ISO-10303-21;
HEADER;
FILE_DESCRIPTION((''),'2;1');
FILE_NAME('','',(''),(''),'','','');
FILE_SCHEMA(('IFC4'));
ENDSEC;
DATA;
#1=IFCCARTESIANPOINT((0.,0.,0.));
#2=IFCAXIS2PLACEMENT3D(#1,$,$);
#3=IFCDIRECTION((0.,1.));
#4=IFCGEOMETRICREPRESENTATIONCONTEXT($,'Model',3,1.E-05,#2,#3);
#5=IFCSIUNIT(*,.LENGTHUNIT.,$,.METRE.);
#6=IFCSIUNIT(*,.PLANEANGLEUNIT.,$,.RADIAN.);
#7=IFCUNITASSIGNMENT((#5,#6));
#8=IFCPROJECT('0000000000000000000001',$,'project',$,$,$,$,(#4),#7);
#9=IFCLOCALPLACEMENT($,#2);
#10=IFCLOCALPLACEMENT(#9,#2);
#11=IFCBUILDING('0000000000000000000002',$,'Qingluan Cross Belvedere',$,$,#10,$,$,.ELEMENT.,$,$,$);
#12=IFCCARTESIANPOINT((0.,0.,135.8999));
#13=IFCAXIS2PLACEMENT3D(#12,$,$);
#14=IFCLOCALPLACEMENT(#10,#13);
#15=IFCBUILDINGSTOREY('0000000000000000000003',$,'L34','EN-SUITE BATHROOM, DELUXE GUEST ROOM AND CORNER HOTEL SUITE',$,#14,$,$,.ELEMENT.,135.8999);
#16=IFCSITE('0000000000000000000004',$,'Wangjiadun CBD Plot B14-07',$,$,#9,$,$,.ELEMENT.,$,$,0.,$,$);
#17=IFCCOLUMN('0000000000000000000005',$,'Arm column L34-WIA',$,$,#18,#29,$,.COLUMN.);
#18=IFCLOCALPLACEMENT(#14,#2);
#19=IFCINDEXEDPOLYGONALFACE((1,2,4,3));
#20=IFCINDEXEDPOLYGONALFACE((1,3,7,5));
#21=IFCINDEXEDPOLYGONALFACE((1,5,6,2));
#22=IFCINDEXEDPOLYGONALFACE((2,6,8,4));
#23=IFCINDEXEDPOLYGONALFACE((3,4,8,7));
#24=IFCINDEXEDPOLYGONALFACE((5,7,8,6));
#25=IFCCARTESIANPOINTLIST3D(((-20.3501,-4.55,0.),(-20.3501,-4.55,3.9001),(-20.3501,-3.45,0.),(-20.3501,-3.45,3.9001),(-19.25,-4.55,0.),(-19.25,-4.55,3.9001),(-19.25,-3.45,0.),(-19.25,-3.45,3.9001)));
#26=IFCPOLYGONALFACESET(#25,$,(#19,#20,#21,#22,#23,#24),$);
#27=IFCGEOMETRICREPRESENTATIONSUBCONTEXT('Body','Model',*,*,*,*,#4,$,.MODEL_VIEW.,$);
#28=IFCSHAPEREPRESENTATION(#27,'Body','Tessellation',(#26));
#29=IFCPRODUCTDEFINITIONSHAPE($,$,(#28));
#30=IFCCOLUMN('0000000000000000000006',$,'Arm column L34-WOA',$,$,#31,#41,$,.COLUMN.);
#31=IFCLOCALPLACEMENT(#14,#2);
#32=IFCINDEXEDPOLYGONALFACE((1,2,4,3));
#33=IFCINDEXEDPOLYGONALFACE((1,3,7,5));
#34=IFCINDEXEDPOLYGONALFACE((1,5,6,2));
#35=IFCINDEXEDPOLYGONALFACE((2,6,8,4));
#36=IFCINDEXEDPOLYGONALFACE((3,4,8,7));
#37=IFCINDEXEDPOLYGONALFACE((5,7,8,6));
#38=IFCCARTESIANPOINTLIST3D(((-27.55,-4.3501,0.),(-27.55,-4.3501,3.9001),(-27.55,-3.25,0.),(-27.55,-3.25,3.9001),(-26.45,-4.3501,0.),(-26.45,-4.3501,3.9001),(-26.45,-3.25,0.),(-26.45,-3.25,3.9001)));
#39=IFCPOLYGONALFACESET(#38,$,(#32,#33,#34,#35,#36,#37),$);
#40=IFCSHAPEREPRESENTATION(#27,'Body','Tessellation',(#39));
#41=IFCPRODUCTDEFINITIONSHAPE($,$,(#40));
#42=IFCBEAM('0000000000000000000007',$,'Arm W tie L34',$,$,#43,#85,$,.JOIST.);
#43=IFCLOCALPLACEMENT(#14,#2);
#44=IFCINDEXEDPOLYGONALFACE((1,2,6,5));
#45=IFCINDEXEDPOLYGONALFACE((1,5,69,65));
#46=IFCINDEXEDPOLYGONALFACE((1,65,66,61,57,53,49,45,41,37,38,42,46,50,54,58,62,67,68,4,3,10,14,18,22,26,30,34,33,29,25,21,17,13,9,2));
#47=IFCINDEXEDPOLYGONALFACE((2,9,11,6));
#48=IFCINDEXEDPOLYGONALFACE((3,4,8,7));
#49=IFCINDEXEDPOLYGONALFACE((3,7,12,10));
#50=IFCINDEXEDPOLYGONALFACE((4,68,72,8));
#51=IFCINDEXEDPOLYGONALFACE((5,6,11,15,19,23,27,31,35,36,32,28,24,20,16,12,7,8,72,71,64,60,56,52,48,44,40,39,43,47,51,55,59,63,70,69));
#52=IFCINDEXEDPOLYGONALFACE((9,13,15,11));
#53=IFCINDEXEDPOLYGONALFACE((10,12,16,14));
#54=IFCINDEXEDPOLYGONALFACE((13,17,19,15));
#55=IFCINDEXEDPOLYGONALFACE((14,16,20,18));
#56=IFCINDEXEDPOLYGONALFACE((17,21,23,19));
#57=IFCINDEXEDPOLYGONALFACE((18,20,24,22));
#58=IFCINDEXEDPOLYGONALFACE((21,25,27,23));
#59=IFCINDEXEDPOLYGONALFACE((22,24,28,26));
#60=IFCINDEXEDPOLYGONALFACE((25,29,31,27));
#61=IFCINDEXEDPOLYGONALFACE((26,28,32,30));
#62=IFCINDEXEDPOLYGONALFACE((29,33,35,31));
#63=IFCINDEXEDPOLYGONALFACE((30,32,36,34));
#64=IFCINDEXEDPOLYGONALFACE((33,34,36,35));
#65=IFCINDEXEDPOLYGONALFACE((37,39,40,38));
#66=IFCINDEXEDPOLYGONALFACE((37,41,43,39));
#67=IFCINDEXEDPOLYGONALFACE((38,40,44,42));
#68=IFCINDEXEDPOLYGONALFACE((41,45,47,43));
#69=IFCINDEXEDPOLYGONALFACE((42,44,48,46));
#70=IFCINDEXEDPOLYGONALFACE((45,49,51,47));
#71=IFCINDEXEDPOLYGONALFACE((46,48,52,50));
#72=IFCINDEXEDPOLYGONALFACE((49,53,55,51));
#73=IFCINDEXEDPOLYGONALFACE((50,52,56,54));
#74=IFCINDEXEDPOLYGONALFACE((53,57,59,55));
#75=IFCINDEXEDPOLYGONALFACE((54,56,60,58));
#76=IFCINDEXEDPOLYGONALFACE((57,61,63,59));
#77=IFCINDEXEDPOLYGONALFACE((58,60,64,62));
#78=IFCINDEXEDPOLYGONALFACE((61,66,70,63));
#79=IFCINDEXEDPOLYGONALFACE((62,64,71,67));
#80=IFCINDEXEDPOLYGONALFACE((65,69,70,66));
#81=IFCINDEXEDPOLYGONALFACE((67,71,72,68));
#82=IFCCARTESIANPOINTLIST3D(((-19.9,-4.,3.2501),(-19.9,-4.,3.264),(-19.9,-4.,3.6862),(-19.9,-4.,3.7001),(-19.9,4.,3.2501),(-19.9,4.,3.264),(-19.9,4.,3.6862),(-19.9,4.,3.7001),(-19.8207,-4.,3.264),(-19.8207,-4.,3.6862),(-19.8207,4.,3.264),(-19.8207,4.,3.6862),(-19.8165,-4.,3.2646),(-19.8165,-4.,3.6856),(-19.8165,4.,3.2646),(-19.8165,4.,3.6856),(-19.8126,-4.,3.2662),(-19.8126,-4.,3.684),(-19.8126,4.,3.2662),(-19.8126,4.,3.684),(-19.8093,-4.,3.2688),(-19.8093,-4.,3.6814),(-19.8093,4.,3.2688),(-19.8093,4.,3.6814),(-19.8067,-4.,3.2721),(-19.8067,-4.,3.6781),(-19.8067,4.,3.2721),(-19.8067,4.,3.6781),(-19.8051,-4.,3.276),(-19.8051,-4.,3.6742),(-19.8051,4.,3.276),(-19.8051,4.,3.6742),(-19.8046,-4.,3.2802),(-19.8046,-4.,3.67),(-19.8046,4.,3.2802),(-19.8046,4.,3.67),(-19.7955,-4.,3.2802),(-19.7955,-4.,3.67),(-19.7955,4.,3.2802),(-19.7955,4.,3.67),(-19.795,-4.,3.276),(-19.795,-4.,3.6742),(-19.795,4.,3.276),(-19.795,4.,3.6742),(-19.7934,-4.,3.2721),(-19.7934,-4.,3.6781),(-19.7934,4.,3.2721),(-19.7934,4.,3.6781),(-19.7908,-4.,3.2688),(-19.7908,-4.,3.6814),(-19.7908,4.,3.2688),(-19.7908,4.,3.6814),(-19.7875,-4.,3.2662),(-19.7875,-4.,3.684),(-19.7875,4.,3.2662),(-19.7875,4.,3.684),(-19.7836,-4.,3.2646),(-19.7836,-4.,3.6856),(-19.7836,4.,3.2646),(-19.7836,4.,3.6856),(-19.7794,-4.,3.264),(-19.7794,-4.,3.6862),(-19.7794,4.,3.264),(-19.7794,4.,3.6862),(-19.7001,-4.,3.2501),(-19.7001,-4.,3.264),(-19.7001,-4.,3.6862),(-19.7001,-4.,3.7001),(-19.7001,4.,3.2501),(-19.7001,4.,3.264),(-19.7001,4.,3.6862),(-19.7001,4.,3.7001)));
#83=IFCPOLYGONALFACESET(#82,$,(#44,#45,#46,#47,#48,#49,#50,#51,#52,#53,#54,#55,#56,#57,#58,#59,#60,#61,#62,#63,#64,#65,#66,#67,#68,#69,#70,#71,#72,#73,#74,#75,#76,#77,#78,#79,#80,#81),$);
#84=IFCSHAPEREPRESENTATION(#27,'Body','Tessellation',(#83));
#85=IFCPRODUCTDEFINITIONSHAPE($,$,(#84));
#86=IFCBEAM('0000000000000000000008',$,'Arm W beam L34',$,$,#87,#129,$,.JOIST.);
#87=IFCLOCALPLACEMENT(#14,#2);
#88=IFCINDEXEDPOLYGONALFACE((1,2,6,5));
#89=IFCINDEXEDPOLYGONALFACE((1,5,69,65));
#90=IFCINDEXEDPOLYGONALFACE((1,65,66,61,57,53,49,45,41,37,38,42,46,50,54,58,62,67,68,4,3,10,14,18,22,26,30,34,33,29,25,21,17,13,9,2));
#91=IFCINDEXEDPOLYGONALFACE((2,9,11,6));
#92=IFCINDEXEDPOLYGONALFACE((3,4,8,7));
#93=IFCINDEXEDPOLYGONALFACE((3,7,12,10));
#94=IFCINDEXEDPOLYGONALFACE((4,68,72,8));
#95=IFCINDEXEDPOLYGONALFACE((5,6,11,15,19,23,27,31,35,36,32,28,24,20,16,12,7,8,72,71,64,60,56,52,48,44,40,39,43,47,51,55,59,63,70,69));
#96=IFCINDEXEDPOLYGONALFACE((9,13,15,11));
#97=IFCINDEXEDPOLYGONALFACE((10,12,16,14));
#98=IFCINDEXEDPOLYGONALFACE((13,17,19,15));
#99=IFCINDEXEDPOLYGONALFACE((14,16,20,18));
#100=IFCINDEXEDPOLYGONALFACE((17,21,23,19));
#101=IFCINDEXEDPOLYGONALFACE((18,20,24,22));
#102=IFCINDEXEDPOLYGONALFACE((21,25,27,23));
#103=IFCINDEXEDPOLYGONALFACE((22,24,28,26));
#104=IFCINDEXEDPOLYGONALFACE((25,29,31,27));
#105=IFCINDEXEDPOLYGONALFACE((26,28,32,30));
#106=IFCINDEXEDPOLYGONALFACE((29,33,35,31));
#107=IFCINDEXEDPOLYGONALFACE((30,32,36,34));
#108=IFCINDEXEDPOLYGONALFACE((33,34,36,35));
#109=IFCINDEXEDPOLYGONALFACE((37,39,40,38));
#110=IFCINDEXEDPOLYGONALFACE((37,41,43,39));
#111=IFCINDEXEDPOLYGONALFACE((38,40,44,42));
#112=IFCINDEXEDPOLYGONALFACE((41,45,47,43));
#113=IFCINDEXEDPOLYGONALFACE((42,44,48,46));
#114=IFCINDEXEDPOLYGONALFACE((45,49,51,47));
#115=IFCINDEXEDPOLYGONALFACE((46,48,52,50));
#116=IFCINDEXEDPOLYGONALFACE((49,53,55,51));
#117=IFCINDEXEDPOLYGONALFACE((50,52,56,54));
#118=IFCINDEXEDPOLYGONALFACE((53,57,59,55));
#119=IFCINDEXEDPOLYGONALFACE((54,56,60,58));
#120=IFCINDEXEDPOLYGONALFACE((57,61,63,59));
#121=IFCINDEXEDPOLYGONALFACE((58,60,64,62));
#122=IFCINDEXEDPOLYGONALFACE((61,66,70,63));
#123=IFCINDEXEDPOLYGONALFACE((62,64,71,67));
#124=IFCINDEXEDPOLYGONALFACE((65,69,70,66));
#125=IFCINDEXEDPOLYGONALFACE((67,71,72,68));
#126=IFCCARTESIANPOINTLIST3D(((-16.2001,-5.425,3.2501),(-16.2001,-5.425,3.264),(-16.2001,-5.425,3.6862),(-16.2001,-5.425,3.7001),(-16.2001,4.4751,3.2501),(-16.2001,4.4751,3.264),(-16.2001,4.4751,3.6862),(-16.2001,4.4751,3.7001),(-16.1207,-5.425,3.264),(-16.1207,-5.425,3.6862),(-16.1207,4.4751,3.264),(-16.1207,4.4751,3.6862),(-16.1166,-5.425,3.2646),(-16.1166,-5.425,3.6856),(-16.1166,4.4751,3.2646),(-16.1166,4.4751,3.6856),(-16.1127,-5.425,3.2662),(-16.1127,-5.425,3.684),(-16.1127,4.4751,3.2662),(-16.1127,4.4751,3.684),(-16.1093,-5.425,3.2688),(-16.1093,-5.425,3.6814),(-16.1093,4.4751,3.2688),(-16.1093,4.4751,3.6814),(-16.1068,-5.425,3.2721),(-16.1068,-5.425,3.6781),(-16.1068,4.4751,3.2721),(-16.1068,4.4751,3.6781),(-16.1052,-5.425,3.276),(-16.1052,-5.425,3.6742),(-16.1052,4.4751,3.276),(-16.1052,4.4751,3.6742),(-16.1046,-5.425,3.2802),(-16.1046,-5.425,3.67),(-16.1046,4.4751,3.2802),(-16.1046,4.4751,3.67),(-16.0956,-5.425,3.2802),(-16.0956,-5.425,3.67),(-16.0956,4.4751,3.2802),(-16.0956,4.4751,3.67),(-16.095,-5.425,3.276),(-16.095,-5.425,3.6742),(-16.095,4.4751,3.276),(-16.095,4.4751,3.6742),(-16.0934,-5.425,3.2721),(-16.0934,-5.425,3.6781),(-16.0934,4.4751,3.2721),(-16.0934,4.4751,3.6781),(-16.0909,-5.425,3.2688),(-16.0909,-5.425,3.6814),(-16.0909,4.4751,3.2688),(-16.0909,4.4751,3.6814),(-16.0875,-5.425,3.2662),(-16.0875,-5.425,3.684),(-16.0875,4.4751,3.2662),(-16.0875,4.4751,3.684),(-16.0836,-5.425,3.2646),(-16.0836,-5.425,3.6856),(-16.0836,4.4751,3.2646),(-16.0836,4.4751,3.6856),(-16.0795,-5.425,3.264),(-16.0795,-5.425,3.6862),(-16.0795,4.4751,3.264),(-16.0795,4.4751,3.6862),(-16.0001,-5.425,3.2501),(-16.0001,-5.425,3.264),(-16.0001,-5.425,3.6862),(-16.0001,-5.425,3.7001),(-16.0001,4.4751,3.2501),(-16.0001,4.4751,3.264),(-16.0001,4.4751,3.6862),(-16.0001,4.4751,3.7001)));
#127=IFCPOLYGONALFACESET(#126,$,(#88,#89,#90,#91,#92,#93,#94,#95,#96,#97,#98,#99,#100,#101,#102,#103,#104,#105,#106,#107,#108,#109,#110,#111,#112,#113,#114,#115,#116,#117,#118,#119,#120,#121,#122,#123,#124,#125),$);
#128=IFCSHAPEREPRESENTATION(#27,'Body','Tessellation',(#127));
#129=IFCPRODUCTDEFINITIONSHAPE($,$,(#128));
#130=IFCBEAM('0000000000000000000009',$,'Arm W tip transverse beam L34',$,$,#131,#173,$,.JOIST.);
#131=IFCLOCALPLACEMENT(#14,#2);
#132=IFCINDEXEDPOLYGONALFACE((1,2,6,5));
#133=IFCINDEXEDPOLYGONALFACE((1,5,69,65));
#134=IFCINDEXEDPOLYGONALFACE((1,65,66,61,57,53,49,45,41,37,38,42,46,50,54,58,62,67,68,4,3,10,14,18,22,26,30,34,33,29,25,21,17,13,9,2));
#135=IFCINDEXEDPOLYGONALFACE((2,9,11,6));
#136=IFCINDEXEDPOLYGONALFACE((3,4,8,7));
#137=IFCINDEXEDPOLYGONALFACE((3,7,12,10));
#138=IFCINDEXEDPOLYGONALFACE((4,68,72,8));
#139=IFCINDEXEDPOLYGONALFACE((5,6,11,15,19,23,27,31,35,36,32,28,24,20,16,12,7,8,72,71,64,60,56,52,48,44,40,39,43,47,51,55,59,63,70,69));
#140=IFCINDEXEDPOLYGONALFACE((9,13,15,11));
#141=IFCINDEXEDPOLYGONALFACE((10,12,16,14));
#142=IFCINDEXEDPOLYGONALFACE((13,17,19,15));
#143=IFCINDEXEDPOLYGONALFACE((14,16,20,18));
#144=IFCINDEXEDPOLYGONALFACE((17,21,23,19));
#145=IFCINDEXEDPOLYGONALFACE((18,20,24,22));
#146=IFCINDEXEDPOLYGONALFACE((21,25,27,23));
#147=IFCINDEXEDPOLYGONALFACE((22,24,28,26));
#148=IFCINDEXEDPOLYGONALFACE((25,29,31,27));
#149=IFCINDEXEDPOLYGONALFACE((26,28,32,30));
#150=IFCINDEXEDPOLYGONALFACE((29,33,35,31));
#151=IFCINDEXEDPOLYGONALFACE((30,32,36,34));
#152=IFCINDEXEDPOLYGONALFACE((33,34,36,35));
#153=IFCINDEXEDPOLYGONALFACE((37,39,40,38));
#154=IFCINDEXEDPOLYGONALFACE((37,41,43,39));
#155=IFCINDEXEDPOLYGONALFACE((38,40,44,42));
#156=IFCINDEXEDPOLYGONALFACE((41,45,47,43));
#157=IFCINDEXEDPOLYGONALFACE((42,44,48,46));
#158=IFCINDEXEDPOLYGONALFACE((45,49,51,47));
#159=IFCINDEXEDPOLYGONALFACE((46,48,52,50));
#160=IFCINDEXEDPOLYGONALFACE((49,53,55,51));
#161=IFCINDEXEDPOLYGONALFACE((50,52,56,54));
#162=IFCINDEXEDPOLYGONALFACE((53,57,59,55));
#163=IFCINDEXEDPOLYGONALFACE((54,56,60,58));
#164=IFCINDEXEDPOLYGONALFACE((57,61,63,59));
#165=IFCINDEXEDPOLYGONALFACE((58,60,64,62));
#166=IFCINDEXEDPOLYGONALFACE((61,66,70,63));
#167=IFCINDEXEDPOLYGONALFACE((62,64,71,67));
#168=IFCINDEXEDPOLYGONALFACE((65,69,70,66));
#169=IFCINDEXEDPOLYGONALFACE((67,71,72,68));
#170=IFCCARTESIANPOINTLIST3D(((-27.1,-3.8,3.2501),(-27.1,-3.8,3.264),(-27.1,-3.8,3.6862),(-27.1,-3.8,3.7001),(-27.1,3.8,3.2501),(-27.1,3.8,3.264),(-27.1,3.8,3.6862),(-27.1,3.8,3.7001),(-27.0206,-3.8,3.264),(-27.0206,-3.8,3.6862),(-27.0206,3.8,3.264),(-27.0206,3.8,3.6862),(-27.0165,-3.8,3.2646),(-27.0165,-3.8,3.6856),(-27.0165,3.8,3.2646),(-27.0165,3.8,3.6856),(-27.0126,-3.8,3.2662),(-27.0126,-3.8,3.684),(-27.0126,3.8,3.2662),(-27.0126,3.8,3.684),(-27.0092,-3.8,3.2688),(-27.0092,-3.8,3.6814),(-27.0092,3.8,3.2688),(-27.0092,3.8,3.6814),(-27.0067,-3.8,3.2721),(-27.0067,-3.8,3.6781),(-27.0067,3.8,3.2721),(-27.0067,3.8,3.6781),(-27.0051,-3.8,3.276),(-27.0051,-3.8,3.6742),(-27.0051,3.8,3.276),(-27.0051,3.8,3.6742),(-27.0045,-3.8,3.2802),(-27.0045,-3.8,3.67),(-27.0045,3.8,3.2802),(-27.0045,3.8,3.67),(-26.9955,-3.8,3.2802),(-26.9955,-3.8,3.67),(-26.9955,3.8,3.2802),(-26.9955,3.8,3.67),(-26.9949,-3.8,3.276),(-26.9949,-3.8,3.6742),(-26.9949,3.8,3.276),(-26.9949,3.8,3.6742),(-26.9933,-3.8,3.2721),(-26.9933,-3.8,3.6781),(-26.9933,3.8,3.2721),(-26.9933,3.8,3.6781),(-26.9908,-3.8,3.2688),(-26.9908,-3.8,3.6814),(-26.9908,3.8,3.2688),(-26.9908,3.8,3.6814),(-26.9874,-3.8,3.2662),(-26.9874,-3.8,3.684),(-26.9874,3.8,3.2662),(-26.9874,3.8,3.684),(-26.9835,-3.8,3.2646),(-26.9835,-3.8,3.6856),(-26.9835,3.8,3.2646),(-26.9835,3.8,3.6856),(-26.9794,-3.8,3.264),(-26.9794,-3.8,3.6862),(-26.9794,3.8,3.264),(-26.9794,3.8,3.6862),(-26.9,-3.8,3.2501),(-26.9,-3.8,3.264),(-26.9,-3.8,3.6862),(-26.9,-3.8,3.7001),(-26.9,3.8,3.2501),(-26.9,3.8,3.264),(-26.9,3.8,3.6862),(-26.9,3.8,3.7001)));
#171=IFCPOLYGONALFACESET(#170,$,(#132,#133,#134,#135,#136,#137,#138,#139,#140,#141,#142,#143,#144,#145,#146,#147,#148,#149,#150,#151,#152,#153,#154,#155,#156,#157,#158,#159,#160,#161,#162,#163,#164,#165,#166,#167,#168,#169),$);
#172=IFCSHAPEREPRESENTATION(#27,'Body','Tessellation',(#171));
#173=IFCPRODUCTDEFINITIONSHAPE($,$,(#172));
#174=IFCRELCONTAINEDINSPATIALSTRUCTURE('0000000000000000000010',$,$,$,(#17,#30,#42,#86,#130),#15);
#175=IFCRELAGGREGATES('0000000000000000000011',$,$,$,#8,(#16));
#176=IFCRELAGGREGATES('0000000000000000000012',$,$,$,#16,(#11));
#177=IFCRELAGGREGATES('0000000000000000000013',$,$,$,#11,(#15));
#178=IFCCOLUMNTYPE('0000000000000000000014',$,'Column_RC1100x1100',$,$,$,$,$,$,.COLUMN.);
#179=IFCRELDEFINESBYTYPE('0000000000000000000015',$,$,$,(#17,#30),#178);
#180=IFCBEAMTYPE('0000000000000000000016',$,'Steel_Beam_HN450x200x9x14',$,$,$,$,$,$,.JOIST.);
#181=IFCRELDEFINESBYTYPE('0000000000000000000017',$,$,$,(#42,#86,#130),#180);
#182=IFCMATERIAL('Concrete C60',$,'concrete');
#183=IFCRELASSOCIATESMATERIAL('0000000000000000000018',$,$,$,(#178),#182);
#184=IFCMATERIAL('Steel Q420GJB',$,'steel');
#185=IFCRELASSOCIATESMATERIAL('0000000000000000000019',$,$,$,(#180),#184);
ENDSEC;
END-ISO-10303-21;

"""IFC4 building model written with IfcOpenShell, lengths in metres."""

from ifc_helpers import new_model, si_unit, direction, frame, origin, origin_2d, place, context, subcontext, project, spatial, rectangle, i_section, extrude, material, material_profile, profile_set, type_object, element, save


model = new_model("IFC4")

# Units and contexts
model_context = context("Model", 3, precision=1e-05, world=origin(), true_north=direction((0.0, 1.0)))
body_context = subcontext(model_context, "Body", "Model", "MODEL_VIEW")
ifc_project = project(units=[si_unit("LENGTHUNIT", "METRE"), si_unit("PLANEANGLEUNIT", "RADIAN")], contexts=[model_context])

# Site, building, storey
site_placement = place(None, origin())
site = spatial("IfcSite", under=ifc_project, at=site_placement, Name="Wangjiadun CBD Plot B14-07", CompositionType="ELEMENT", RefElevation=0.0)
building_placement = place(site_placement, origin())
building = spatial("IfcBuilding", under=site, at=building_placement, Name="Qingluan Cross Belvedere", CompositionType="ELEMENT")
storey_placement = place(building_placement, frame((0.0, 0.0, 135.8999)))
storey = spatial("IfcBuildingStorey", under=building, at=storey_placement, Name="L34", Description="EN-SUITE BATHROOM, DELUXE GUEST ROOM AND CORNER HOTEL SUITE", CompositionType="ELEMENT", Elevation=135.8999)

# Columns
ifc_material_1 = material(Name="Concrete C60", Category="concrete")
ifc_material_profile_1 = material_profile(ifc_material_1, rectangle(XDim=1.1001, YDim=1.1001, at=origin_2d()), Name="RC1100x1100")
ifc_profile_set_1 = profile_set([ifc_material_profile_1], Name="Concrete C60")
column_type = type_object("IfcColumnType", Name="Column_RC1100x1100", PredefinedType="COLUMN", material=ifc_profile_set_1)
for number, where, z_axis, x_axis, name in (
    (1, (-19.8, -4.0, 0.0), (0.0, 0.0, 1.0), (1.0, 0.0, 0.0), "Arm column L34-WIA"),
    (2, (-27.0, -3.8, 0.0), (0.0, 0.0, 1.0), (1.0, 0.0, 0.0), "Arm column L34-WOA"),
):
    element("IfcColumn", number, at=place(storey_placement, frame(where, z_axis=z_axis, x_axis=x_axis)), inside=storey, type_object=column_type, Name=name, PredefinedType="COLUMN", context=body_context, shape_type="SweptSolid", body=[
        extrude(rectangle(XDim=1.1001, YDim=1.1001, at=origin_2d()), origin(), (0.0, 0.0, 1.0), 3.9001),
    ])

# Beams
ifc_material_2 = material(Name="Steel Q420GJB", Category="steel")
ifc_material_profile_2 = material_profile(ifc_material_2, i_section(OverallWidth=0.2, OverallDepth=0.45, WebThickness=0.009, FlangeThickness=0.0139, FilletRadius=0.0161, at=origin_2d()), Name="HN450x200x9x14")
ifc_profile_set_2 = profile_set([ifc_material_profile_2], Name="Steel Q420GJB")
beam_type_1 = type_object("IfcBeamType", Name="Steel_Beam_HN450x200x9x14", PredefinedType="JOIST", material=ifc_profile_set_2)
beam_1_placement = place(storey_placement, frame((-19.8, -4.0, 3.4751), z_axis=(0.0, 1.0, 0.0), x_axis=(-1.0, 0.0, 0.0)))
element("IfcBeam", 3, at=beam_1_placement, inside=storey, type_object=beam_type_1, Name="Arm W tie L34", PredefinedType="JOIST", context=body_context, shape_type="SweptSolid", body=[
    extrude(i_section(OverallWidth=0.2, OverallDepth=0.45, WebThickness=0.009, FlangeThickness=0.0139, FilletRadius=0.0161, at=origin_2d()), origin(), (0.0, 0.0, 1.0), 8.0),
])
beam_2_placement = place(storey_placement, frame((-16.1001, -5.425, 3.4751), z_axis=(0.0, 1.0, 0.0), x_axis=(-1.0, 0.0, 0.0)))
element("IfcBeam", 4, at=beam_2_placement, inside=storey, type_object=beam_type_1, Name="Arm W beam L34", PredefinedType="JOIST", context=body_context, shape_type="SweptSolid", body=[
    extrude(i_section(OverallWidth=0.2, OverallDepth=0.45, WebThickness=0.009, FlangeThickness=0.0139, FilletRadius=0.0161, at=origin_2d()), origin(), (0.0, 0.0, 1.0), 9.9001),
])
beam_3_placement = place(storey_placement, frame((-27.0, -3.8, 3.4751), z_axis=(0.0, 1.0, 0.0), x_axis=(-1.0, 0.0, 0.0)))
element("IfcBeam", 5, at=beam_3_placement, inside=storey, type_object=beam_type_1, Name="Arm W tip transverse beam L34", PredefinedType="JOIST", context=body_context, shape_type="SweptSolid", body=[
    extrude(i_section(OverallWidth=0.2, OverallDepth=0.45, WebThickness=0.009, FlangeThickness=0.0139, FilletRadius=0.0161, at=origin_2d()), origin(), (0.0, 0.0, 1.0), 7.6001),
])

save(model, "model.ifc")
